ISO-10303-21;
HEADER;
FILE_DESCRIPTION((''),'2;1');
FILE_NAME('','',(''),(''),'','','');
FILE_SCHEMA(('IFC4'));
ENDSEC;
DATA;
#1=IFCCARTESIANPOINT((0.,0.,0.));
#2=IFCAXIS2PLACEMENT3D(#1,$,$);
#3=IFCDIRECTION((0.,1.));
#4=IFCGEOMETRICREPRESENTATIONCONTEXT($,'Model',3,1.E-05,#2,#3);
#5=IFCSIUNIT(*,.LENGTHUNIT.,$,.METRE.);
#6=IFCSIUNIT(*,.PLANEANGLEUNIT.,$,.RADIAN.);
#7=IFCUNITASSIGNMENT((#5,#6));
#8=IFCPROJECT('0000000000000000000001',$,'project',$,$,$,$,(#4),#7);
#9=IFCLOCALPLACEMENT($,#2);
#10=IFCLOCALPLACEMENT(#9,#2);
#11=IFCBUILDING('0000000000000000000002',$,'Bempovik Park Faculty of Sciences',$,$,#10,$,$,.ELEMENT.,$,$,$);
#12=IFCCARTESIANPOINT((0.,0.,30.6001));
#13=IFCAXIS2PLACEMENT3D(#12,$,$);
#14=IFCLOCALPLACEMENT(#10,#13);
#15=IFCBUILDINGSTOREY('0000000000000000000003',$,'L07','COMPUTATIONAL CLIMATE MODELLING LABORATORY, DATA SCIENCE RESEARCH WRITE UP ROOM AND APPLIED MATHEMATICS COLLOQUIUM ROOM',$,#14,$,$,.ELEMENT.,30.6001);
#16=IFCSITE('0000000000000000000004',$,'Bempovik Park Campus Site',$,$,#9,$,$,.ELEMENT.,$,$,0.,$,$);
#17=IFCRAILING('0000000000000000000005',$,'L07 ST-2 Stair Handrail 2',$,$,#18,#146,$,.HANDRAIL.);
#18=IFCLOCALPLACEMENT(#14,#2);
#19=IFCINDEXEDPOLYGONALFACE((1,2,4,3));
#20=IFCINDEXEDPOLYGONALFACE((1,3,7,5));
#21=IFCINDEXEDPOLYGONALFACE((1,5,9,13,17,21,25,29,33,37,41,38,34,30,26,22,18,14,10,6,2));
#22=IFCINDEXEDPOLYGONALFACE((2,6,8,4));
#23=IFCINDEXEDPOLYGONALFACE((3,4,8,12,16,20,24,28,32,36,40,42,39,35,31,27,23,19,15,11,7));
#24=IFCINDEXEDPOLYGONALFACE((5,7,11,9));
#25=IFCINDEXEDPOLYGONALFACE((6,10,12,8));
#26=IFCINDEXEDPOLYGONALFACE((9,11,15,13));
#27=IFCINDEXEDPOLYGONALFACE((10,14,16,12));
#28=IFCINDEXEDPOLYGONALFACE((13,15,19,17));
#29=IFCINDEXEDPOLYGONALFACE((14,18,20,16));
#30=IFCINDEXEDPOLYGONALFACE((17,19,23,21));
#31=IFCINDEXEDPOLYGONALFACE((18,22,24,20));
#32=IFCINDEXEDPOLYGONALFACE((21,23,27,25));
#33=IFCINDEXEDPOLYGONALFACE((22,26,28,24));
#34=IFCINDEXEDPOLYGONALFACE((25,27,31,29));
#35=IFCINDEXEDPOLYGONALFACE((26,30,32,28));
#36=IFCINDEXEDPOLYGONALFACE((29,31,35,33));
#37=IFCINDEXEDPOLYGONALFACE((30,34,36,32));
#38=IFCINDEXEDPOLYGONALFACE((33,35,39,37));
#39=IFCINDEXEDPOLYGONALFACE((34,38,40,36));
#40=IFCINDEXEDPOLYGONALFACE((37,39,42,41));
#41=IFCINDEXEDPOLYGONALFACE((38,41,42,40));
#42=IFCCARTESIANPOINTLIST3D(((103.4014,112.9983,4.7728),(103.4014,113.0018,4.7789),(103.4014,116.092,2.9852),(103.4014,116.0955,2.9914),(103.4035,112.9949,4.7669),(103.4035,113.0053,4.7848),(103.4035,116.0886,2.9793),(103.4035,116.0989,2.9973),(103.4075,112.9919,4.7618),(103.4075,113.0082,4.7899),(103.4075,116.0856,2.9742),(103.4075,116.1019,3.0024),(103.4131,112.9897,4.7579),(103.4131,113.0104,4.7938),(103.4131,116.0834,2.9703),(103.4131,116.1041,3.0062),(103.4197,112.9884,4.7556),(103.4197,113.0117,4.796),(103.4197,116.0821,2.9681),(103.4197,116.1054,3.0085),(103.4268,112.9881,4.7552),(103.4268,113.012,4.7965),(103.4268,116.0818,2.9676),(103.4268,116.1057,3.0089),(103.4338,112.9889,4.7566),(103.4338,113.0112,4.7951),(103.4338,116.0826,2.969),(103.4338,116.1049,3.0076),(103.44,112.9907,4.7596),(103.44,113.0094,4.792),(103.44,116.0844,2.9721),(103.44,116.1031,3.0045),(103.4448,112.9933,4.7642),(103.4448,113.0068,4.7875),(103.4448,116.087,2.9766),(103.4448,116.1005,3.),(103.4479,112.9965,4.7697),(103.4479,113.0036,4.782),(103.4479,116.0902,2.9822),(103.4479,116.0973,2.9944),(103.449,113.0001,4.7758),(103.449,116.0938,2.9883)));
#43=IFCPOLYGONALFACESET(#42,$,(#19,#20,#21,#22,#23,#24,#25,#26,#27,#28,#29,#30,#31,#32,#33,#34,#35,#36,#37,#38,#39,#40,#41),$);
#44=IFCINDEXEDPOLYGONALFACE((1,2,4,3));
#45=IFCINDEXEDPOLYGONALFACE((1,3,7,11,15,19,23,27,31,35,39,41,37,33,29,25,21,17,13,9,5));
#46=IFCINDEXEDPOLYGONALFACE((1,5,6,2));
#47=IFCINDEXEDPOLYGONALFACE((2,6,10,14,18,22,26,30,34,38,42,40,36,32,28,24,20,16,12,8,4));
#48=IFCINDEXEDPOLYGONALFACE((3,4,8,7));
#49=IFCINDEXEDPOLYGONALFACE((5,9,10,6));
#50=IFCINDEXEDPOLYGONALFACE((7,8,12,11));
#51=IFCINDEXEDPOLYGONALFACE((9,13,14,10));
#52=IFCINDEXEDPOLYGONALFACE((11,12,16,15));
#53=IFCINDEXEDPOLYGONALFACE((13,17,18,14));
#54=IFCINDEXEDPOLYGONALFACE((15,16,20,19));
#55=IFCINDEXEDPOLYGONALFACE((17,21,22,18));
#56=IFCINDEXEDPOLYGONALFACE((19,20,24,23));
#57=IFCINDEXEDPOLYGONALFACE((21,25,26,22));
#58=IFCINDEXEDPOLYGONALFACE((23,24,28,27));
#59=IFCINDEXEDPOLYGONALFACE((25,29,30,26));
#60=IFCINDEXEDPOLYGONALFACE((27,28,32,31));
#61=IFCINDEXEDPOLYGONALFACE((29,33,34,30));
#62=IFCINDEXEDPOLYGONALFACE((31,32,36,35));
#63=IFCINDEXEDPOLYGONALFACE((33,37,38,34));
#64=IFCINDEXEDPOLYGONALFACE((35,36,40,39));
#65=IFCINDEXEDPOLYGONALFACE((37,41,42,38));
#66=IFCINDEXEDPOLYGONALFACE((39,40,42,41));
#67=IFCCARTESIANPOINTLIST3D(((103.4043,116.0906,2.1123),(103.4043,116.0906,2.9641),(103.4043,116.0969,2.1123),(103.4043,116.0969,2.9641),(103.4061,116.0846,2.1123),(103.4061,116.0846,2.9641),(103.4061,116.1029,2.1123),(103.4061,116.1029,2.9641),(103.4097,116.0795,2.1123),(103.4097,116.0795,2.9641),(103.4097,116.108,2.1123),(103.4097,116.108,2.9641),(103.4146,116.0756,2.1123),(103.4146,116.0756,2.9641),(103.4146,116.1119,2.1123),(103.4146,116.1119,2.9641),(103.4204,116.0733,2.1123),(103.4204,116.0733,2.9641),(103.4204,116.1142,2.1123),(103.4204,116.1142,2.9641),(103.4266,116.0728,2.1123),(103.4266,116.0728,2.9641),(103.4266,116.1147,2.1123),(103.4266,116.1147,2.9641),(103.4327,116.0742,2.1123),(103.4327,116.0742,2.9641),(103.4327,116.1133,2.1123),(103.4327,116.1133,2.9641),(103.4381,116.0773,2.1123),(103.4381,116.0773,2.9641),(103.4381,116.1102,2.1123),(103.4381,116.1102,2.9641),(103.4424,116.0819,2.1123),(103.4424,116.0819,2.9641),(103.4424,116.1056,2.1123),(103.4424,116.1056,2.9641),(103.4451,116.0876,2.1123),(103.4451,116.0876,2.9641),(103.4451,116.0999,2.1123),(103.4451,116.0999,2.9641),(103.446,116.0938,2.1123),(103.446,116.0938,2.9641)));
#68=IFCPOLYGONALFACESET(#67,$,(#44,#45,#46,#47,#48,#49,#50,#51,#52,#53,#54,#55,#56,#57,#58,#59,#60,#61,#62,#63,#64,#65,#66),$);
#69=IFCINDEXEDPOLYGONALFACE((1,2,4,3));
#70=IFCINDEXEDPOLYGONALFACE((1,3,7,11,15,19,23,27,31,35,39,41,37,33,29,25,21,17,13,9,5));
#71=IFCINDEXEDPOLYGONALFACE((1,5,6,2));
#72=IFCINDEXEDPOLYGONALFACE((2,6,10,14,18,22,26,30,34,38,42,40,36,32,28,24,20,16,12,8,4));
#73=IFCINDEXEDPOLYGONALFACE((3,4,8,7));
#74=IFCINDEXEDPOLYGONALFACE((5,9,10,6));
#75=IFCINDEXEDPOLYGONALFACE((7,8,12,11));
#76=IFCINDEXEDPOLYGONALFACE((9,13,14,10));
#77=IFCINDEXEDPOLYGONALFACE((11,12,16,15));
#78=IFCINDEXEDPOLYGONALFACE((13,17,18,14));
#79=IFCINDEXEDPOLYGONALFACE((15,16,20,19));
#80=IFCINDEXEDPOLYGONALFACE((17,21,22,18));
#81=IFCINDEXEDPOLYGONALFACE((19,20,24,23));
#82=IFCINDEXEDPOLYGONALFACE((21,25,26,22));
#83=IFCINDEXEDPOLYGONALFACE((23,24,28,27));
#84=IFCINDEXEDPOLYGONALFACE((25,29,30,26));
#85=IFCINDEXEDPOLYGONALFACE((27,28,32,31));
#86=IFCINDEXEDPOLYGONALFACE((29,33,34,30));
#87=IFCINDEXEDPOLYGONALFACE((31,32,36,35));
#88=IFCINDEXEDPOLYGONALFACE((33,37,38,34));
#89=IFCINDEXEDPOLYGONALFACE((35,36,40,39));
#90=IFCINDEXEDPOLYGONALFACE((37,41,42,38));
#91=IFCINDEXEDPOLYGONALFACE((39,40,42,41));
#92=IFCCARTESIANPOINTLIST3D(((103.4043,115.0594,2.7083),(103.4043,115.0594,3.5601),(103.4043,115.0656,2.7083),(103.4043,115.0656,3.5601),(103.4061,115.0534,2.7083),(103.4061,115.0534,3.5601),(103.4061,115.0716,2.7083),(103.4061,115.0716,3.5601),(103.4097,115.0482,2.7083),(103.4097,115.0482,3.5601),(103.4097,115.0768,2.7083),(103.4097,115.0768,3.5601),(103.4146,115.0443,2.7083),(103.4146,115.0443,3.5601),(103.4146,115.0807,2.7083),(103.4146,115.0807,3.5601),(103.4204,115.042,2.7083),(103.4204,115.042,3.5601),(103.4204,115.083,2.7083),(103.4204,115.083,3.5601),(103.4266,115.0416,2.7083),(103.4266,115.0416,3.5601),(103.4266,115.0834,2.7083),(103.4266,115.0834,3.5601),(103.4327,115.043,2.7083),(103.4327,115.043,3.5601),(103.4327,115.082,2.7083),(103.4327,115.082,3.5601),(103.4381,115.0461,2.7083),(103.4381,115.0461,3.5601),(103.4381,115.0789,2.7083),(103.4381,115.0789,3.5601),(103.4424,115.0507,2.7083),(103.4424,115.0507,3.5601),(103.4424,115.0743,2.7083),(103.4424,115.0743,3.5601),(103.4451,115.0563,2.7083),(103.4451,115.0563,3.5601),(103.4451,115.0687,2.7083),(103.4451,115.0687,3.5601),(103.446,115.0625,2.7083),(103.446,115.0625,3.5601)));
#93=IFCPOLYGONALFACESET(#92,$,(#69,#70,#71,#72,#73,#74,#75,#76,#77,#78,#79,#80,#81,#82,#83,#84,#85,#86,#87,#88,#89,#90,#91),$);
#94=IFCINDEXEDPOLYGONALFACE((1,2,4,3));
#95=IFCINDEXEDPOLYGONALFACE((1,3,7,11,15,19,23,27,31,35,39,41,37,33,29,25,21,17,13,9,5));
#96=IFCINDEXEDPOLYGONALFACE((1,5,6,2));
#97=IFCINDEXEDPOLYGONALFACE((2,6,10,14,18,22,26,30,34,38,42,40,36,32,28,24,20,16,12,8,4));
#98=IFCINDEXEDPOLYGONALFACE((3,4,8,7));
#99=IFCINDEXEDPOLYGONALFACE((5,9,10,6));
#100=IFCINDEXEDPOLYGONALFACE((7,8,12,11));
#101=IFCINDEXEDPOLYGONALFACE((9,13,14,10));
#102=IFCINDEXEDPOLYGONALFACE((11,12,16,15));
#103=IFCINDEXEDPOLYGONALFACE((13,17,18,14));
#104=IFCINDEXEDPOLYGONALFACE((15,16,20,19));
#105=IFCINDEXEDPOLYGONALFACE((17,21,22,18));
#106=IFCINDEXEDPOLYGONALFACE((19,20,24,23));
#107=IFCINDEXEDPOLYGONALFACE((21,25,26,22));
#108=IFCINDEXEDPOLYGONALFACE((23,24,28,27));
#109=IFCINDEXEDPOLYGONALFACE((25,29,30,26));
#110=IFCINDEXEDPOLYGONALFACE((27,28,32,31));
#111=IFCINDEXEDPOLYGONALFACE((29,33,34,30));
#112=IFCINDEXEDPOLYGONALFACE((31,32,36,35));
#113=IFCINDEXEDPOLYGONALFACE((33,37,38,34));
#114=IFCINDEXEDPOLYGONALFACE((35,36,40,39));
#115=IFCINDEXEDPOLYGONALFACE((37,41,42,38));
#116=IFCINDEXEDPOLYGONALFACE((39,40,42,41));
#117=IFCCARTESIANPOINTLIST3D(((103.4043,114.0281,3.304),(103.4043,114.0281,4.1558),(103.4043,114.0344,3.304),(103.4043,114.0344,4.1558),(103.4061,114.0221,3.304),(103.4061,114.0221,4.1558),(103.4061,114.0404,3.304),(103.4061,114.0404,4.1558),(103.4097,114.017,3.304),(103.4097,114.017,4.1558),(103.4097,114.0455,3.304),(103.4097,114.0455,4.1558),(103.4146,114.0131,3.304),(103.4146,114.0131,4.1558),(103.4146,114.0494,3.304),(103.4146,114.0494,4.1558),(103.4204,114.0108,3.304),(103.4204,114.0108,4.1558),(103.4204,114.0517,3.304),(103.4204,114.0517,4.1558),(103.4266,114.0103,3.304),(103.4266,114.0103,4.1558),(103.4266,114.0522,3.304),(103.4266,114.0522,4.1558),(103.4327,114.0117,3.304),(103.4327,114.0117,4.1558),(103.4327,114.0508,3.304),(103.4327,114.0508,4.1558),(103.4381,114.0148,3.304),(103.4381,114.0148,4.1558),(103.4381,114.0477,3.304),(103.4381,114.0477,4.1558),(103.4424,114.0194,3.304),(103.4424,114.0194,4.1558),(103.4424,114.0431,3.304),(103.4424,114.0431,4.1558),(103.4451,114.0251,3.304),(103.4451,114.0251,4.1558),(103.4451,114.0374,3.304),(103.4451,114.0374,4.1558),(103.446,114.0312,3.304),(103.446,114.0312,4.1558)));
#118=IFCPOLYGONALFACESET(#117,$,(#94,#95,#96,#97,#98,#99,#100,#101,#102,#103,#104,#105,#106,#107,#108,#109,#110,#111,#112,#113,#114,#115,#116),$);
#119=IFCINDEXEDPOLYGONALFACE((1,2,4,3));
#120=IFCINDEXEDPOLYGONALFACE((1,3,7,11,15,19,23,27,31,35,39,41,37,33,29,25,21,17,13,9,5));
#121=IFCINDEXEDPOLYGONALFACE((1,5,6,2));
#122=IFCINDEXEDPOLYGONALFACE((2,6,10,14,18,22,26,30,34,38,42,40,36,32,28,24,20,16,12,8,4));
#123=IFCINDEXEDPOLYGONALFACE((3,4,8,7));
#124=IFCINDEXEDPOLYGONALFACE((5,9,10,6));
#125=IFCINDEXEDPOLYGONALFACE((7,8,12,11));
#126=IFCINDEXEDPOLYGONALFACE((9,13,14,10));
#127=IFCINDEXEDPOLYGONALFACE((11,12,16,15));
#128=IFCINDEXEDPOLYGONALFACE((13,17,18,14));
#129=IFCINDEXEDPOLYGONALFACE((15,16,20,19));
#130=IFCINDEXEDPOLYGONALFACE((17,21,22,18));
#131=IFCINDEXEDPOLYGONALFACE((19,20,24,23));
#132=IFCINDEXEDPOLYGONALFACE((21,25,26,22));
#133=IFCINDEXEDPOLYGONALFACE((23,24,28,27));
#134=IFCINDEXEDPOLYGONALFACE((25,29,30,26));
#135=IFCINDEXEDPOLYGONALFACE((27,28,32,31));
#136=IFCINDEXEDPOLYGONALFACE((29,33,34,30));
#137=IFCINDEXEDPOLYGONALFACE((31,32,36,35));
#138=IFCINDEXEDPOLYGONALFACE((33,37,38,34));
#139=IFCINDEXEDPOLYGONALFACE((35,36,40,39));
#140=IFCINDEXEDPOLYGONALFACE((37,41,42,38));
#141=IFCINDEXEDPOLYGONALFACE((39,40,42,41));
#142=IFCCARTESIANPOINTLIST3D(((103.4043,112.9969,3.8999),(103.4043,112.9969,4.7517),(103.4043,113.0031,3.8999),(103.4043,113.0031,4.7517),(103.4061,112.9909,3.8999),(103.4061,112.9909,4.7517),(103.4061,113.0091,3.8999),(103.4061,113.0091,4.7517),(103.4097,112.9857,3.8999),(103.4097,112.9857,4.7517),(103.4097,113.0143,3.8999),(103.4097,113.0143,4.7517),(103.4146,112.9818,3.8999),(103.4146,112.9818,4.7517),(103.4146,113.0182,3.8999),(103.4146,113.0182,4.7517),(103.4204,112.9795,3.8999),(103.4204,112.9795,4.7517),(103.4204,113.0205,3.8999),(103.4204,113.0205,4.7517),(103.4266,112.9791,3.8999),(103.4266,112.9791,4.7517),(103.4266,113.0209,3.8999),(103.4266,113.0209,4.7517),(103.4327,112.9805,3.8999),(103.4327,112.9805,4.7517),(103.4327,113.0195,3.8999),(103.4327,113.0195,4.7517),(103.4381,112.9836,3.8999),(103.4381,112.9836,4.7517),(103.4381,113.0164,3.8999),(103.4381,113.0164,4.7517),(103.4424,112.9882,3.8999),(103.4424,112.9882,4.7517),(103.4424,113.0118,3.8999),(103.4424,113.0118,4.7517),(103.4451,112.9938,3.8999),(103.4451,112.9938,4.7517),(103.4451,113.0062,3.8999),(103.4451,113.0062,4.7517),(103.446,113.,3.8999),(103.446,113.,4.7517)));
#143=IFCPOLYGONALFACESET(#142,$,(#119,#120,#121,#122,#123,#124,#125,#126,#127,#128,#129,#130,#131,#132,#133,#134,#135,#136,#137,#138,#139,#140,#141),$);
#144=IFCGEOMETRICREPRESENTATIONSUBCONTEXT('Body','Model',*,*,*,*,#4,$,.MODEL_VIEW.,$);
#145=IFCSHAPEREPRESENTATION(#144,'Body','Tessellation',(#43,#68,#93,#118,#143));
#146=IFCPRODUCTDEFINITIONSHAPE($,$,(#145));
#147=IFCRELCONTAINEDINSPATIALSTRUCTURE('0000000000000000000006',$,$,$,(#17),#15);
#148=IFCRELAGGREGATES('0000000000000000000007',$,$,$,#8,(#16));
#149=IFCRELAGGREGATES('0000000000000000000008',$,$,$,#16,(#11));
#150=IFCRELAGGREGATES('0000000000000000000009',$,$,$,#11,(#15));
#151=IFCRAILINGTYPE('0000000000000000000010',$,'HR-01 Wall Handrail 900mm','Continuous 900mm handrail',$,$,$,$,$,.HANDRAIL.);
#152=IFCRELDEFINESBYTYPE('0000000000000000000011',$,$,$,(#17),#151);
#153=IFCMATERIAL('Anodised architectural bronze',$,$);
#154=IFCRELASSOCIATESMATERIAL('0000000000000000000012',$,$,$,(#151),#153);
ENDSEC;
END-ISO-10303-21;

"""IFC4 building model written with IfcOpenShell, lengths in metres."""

from ifc_helpers import new_model, si_unit, direction, frame, origin, origin_2d, place, context, subcontext, project, spatial, circle, extrude, material, type_object, element, save


model = new_model("IFC4")

# Units and contexts
model_context = context("Model", 3, precision=1e-05, world=origin(), true_north=direction((0.0, 1.0)))
body_context = subcontext(model_context, "Body", "Model", "MODEL_VIEW")
ifc_project = project(units=[si_unit("LENGTHUNIT", "METRE"), si_unit("PLANEANGLEUNIT", "RADIAN")], contexts=[model_context])

# Site, building, storey
site_placement = place(None, origin())
site = spatial("IfcSite", under=ifc_project, at=site_placement, Name="Bempovik Park Campus Site", CompositionType="ELEMENT", RefElevation=0.0)
building_placement = place(site_placement, origin())
building = spatial("IfcBuilding", under=site, at=building_placement, Name="Bempovik Park Faculty of Sciences", CompositionType="ELEMENT")
storey_placement = place(building_placement, frame((0.0, 0.0, 30.6001)))
storey = spatial("IfcBuildingStorey", under=building, at=storey_placement, Name="L07", Description="COMPUTATIONAL CLIMATE MODELLING LABORATORY, DATA SCIENCE RESEARCH WRITE UP ROOM AND APPLIED MATHEMATICS COLLOQUIUM ROOM", CompositionType="ELEMENT", Elevation=30.6001)

# Railing
ifc_material_1 = material(Name="Anodised architectural bronze")
railing_type_1 = type_object("IfcRailingType", Name="HR-01 Wall Handrail 900mm", Description="Continuous 900mm handrail", PredefinedType="HANDRAIL", material=ifc_material_1)
railing_1_placement = place(storey_placement, frame((103.425, 116.0938, 2.1123)))
element("IfcRailing", 1, at=railing_1_placement, inside=storey, type_object=railing_type_1, Name="L07 ST-2 Stair Handrail 2", PredefinedType="HANDRAIL", context=body_context, shape_type="SweptSolid", body=[
    extrude(circle(Radius=0.0239, at=origin_2d()), frame((0.0, 0.0, 0.876), z_axis=(0.0, -0.865853, 0.500298), x_axis=(1.0, 0.0, 0.0)), (0.0, 0.0, 1.0), 3.573),
    extrude(circle(Radius=0.021, at=origin_2d()), origin(), (0.0, 0.0, 1.0), 0.8518),
    extrude(circle(Radius=0.021, at=origin_2d()), frame((0.0, -1.0312, 0.5959)), (0.0, 0.0, 1.0), 0.8518),
    extrude(circle(Radius=0.021, at=origin_2d()), frame((0.0, -2.0625, 1.1917)), (0.0, 0.0, 1.0), 0.8518),
    extrude(circle(Radius=0.021, at=origin_2d()), frame((0.0, -3.0938, 1.7876)), (0.0, 0.0, 1.0), 0.8518),
])

save(model, "model.ifc")
